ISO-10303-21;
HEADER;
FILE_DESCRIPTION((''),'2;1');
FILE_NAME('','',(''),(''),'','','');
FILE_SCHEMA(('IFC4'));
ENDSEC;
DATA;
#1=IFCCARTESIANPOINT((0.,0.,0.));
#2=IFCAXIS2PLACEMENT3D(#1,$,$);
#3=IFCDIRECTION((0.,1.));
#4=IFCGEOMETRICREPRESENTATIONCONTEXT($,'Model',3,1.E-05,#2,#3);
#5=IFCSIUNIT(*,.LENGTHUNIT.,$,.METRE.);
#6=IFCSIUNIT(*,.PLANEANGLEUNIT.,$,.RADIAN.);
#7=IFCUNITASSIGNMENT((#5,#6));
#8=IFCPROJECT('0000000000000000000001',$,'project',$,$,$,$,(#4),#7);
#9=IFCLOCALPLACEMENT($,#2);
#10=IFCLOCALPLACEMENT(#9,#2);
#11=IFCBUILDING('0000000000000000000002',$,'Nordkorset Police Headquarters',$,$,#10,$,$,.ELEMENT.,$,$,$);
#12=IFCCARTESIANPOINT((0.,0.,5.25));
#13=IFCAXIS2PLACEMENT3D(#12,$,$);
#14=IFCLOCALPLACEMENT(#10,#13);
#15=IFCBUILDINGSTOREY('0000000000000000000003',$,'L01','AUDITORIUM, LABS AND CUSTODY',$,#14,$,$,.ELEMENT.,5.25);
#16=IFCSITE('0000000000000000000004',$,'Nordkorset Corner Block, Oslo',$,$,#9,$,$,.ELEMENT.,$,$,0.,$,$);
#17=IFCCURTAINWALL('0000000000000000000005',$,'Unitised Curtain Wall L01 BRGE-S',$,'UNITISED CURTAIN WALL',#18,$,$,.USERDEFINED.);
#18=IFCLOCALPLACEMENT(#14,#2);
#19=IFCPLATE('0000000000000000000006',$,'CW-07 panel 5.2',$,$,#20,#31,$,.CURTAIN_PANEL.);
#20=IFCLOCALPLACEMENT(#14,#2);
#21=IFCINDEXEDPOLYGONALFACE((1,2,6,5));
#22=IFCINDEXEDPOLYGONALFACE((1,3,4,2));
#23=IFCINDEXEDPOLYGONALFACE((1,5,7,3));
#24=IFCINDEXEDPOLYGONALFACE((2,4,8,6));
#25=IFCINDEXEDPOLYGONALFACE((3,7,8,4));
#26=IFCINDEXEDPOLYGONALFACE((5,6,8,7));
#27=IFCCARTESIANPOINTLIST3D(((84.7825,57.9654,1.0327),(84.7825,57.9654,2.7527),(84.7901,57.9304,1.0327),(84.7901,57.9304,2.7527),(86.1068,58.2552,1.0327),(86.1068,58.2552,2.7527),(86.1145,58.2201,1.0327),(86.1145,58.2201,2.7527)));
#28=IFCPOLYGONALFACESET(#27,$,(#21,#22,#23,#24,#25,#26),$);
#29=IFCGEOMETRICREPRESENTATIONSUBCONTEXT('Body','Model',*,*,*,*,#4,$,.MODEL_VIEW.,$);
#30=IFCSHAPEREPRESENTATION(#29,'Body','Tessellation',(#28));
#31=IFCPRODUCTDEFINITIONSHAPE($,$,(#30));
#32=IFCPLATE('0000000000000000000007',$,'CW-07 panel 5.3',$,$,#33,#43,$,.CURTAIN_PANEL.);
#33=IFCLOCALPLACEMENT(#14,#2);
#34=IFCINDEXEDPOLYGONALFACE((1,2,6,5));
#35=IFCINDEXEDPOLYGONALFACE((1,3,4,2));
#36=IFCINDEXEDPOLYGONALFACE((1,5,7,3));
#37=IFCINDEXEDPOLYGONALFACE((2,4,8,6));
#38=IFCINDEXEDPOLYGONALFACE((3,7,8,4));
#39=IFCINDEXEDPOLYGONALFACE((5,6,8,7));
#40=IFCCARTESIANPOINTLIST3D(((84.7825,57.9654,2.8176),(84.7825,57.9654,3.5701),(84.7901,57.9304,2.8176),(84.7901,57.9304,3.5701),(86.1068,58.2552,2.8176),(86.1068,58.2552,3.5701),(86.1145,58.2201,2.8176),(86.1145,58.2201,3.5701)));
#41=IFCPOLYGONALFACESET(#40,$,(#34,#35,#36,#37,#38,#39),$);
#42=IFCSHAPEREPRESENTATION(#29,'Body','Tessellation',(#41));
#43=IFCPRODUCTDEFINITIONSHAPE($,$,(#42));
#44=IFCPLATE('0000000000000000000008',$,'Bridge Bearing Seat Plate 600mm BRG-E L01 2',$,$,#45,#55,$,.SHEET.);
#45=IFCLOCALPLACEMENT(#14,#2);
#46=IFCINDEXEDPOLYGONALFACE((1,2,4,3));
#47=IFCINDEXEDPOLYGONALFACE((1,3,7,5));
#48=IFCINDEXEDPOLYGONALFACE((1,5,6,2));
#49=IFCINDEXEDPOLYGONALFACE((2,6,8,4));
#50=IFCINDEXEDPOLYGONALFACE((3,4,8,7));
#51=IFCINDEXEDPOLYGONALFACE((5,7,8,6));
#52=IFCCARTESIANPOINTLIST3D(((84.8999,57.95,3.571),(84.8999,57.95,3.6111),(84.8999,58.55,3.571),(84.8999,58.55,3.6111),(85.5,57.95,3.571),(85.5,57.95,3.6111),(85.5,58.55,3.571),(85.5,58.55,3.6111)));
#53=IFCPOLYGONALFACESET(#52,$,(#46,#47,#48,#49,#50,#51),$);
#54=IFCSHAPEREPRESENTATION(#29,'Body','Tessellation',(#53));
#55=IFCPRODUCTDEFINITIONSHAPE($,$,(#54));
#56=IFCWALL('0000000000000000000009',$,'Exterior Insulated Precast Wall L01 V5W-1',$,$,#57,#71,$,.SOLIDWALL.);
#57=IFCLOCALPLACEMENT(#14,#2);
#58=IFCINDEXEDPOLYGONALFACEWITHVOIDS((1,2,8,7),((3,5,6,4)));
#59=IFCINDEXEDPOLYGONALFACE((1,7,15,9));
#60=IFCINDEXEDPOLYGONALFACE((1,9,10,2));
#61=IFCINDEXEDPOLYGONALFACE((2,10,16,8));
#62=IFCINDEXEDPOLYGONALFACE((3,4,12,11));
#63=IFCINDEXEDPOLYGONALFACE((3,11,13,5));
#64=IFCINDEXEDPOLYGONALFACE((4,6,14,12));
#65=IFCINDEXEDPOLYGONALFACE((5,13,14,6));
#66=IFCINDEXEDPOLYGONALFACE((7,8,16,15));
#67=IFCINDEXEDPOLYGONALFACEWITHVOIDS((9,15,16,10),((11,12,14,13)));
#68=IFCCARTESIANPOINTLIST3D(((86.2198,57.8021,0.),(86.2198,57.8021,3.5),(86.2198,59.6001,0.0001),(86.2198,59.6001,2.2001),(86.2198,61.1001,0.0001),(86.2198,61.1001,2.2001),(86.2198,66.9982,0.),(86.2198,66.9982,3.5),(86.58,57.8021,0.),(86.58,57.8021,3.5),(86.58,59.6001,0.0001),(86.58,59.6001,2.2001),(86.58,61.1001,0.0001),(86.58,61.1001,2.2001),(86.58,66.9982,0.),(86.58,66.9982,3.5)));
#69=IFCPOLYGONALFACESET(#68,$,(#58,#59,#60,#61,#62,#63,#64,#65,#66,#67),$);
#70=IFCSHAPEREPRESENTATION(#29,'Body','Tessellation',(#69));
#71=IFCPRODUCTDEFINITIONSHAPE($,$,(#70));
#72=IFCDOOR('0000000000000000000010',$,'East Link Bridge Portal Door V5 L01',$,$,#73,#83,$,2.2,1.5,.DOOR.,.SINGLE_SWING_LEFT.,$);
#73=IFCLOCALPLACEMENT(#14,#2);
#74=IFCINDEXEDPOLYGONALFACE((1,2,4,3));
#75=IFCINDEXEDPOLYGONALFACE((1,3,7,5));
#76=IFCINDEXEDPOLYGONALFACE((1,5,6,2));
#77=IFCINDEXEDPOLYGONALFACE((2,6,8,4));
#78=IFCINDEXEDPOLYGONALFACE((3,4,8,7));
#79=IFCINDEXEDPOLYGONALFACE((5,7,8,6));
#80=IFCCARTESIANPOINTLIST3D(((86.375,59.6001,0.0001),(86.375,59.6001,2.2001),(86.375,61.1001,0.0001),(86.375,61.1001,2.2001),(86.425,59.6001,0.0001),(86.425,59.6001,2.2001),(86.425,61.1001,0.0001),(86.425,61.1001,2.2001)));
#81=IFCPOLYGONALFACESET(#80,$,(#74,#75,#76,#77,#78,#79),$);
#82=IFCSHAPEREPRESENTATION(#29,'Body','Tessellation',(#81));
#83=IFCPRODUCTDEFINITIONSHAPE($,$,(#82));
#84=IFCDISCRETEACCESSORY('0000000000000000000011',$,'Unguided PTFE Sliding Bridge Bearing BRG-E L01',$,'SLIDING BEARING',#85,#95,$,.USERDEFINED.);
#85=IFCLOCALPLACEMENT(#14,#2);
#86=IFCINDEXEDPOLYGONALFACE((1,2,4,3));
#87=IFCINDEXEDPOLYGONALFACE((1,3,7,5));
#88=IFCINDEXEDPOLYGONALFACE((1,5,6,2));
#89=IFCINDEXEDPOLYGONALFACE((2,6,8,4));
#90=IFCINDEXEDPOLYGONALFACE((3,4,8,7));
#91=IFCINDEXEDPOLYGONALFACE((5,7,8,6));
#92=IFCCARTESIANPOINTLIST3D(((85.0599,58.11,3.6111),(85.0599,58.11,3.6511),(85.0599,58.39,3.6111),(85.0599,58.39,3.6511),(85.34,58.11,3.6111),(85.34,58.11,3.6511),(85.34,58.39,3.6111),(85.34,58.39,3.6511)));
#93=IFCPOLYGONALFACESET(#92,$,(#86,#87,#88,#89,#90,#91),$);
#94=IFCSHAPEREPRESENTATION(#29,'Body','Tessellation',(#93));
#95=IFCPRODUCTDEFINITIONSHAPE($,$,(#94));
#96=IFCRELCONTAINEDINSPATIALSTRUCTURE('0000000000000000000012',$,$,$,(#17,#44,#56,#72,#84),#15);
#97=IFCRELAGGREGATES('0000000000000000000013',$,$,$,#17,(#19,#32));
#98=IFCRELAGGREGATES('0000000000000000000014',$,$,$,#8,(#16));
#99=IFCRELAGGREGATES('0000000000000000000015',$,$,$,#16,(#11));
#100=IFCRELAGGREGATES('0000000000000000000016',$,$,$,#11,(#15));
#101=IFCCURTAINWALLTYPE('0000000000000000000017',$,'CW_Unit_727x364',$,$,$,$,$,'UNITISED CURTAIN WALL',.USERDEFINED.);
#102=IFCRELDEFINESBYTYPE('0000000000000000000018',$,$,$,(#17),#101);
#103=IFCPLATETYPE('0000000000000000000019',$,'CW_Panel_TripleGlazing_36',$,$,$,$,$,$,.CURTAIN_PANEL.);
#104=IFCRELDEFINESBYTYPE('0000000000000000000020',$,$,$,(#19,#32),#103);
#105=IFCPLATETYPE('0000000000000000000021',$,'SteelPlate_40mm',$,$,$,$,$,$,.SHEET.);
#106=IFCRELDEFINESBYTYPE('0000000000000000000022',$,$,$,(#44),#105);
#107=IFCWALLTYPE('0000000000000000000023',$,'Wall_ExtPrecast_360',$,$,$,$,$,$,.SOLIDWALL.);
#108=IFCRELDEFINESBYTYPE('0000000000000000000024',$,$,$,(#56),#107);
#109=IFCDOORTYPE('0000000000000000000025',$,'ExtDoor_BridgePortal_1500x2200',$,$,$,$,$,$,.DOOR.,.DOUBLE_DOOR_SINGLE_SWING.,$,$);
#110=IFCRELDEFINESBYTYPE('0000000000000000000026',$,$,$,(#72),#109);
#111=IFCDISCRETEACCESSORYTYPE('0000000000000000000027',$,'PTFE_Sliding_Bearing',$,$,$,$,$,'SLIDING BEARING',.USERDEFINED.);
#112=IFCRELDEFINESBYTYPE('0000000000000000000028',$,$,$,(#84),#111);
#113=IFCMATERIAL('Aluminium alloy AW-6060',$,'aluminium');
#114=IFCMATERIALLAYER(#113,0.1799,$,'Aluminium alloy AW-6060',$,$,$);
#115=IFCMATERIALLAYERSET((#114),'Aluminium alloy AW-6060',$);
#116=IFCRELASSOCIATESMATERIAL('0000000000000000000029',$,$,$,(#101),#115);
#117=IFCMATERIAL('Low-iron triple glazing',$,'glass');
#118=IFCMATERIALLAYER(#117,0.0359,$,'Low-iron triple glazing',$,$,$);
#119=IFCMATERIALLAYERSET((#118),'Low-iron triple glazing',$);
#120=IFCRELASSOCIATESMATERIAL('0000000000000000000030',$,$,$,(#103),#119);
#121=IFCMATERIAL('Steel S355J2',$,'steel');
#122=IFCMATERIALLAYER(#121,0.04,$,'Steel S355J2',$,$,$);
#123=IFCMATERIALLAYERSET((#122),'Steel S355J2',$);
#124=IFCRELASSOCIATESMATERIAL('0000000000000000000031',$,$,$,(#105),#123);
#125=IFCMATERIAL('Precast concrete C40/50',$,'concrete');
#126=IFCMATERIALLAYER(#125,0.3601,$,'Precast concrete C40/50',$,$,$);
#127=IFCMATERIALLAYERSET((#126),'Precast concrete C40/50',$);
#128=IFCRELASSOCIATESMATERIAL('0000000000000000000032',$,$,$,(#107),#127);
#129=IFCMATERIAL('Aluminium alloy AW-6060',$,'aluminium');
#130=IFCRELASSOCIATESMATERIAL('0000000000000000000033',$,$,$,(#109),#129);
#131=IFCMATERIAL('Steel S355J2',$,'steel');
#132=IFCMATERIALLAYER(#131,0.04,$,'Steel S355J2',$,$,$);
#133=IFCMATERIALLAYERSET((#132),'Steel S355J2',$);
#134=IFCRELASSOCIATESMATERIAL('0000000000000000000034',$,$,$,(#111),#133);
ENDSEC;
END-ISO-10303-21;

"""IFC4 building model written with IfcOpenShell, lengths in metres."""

from ifc_helpers import new_model, si_unit, direction, frame, frame_2d, origin, origin_2d, place, context, subcontext, project, spatial, rectangle, extrude, material, layer, layer_set, type_object, element, fill, aggregate, save


model = new_model("IFC4")

# Units and contexts
model_context = context("Model", 3, precision=1e-05, world=origin(), true_north=direction((0.0, 1.0)))
body_context = subcontext(model_context, "Body", "Model", "MODEL_VIEW")
ifc_project = project(units=[si_unit("LENGTHUNIT", "METRE"), si_unit("PLANEANGLEUNIT", "RADIAN")], contexts=[model_context])

# Site, building, storey
site_placement = place(None, origin())
site = spatial("IfcSite", under=ifc_project, at=site_placement, Name="Nordkorset Corner Block, Oslo", CompositionType="ELEMENT", RefElevation=0.0)
building_placement = place(site_placement, origin())
building = spatial("IfcBuilding", under=site, at=building_placement, Name="Nordkorset Police Headquarters", CompositionType="ELEMENT")
storey_placement = place(building_placement, frame((0.0, 0.0, 5.25)))
storey = spatial("IfcBuildingStorey", under=building, at=storey_placement, Name="L01", Description="AUDITORIUM, LABS AND CUSTODY", CompositionType="ELEMENT", Elevation=5.25)

# Curtain wall
ifc_material_1 = material(Name="Aluminium alloy AW-6060", Category="aluminium")
ifc_layer_1 = layer(ifc_material_1, 0.1799, Name="Aluminium alloy AW-6060")
ifc_layer_set_1 = layer_set([ifc_layer_1], Name="Aluminium alloy AW-6060")
curtain_wall_type = type_object("IfcCurtainWallType", Name="CW_Unit_727x364", ElementType="UNITISED CURTAIN WALL", PredefinedType="USERDEFINED", material=ifc_layer_set_1)
curtain_wall_placement = place(storey_placement, origin())
curtain_wall = element("IfcCurtainWall", 1, at=curtain_wall_placement, inside=storey, type_object=curtain_wall_type, Name="Unitised Curtain Wall L01 BRGE-S", ObjectType="UNITISED CURTAIN WALL", PredefinedType="USERDEFINED")

# Plates
ifc_material_2 = material(Name="Low-iron triple glazing", Category="glass")
ifc_layer_2 = layer(ifc_material_2, 0.0359, Name="Low-iron triple glazing")
ifc_layer_set_2 = layer_set([ifc_layer_2], Name="Low-iron triple glazing")
plate_type_1 = type_object("IfcPlateType", Name="CW_Panel_TripleGlazing_36", PredefinedType="CURTAIN_PANEL", material=ifc_layer_set_2)
plate_1_placement = place(storey_placement, frame((85.4485, 58.0928, 1.0327), z_axis=(0.0, 0.0, 1.0), x_axis=(0.976891, 0.213737, 0.0)))
plate_1 = element("IfcPlate", 2, at=plate_1_placement, type_object=plate_type_1, Name="CW-07 panel 5.2", PredefinedType="CURTAIN_PANEL", context=body_context, shape_type="SweptSolid", body=[
    extrude(rectangle(XDim=1.3557, YDim=0.0359, at=origin_2d()), origin(), (0.0, 0.0, 1.0), 1.72),
])
plate_2_placement = place(storey_placement, frame((85.4485, 58.0928, 2.8176), z_axis=(0.0, 0.0, 1.0), x_axis=(0.976891, 0.213737, 0.0)))
plate_2 = element("IfcPlate", 3, at=plate_2_placement, type_object=plate_type_1, Name="CW-07 panel 5.3", PredefinedType="CURTAIN_PANEL", context=body_context, shape_type="SweptSolid", body=[
    extrude(rectangle(XDim=1.3557, YDim=0.0359, at=origin_2d()), origin(), (0.0, 0.0, 1.0), 0.7524),
])
aggregate(curtain_wall, [plate_1, plate_2])
ifc_material_3 = material(Name="Steel S355J2", Category="steel")
ifc_layer_3 = layer(ifc_material_3, 0.04, Name="Steel S355J2")
ifc_layer_set_3 = layer_set([ifc_layer_3], Name="Steel S355J2")
plate_type_2 = type_object("IfcPlateType", Name="SteelPlate_40mm", PredefinedType="SHEET", material=ifc_layer_set_3)
plate_3_placement = place(storey_placement, frame((85.2, 58.25, 3.571), z_axis=(0.0, 0.0, 1.0), x_axis=(1.0, 0.0, 0.0)))
element("IfcPlate", 4, at=plate_3_placement, inside=storey, type_object=plate_type_2, Name="Bridge Bearing Seat Plate 600mm BRG-E L01 2", PredefinedType="SHEET", context=body_context, shape_type="SweptSolid", body=[
    extrude(rectangle(XDim=0.6001, YDim=0.6001, at=origin_2d()), origin(), (0.0, 0.0, 1.0), 0.04),
])

# Wall, opening, door
ifc_material_4 = material(Name="Precast concrete C40/50", Category="concrete")
ifc_layer_4 = layer(ifc_material_4, 0.3601, Name="Precast concrete C40/50")
ifc_layer_set_4 = layer_set([ifc_layer_4], Name="Precast concrete C40/50")
wall_type = type_object("IfcWallType", Name="Wall_ExtPrecast_360", PredefinedType="SOLIDWALL", material=ifc_layer_set_4)
wall_placement = place(storey_placement, frame((86.3999, 57.802, 0.0), z_axis=(0.0, 0.0, 1.0), x_axis=(0.0, 1.0, 0.0)))
wall = element("IfcWall", 5, at=wall_placement, inside=storey, type_object=wall_type, Name="Exterior Insulated Precast Wall L01 V5W-1", PredefinedType="SOLIDWALL", context=body_context, shape_type="SweptSolid", body=[
    extrude(rectangle(XDim=9.196, YDim=0.3601, at=frame_2d((4.5981, 0.0))), origin(), (0.0, 0.0, 1.0), 3.5),
])
opening_placement = place(wall_placement, frame((1.7981, 0.0, 0.0)))
opening = element("IfcOpeningElement", 6, at=opening_placement, cuts=wall, PredefinedType="OPENING", context=body_context, shape_type="SweptSolid", body=[
    extrude(rectangle(XDim=1.5, YDim=2.2, at=frame_2d((0.75, 1.1001))), frame((0.0, 0.1899, 0.0), z_axis=(0.0, -1.0, 0.0), x_axis=(1.0, 0.0, 0.0)), (0.0, 0.0, 1.0), 0.3801),
])
ifc_material_5 = material(Name="Aluminium alloy AW-6060", Category="aluminium")
door_type = type_object("IfcDoorType", Name="ExtDoor_BridgePortal_1500x2200", OperationType="DOUBLE_DOOR_SINGLE_SWING", PredefinedType="DOOR", material=ifc_material_5)
door_placement = place(opening_placement, origin())
door = element("IfcDoor", 7, at=door_placement, inside=storey, type_object=door_type, Name="East Link Bridge Portal Door V5 L01", OperationType="SINGLE_SWING_LEFT", OverallHeight=2.2, OverallWidth=1.5, PredefinedType="DOOR", context=body_context, shape_type="SweptSolid", body=[
    extrude(rectangle(XDim=1.5, YDim=2.2, at=frame_2d((0.75, 1.1001))), frame((0.0, 0.0249, 0.0), z_axis=(0.0, -1.0, 0.0), x_axis=(1.0, 0.0, 0.0)), (0.0, 0.0, 1.0), 0.05),
])
fill(opening, door)

# Discrete accessory
ifc_material_6 = material(Name="Steel S355J2", Category="steel")
ifc_layer_5 = layer(ifc_material_6, 0.04, Name="Steel S355J2")
ifc_layer_set_5 = layer_set([ifc_layer_5], Name="Steel S355J2")
discrete_accessory_type = type_object("IfcDiscreteAccessoryType", Name="PTFE_Sliding_Bearing", ElementType="SLIDING BEARING", PredefinedType="USERDEFINED", material=ifc_layer_set_5)
discrete_accessory_placement = place(storey_placement, frame((85.2, 58.25, 3.6111), z_axis=(0.0, 0.0, 1.0), x_axis=(1.0, 0.0, 0.0)))
element("IfcDiscreteAccessory", 8, at=discrete_accessory_placement, inside=storey, type_object=discrete_accessory_type, Name="Unguided PTFE Sliding Bridge Bearing BRG-E L01", ObjectType="SLIDING BEARING", PredefinedType="USERDEFINED", context=body_context, shape_type="SweptSolid", body=[
    extrude(rectangle(XDim=0.28, YDim=0.28, at=origin_2d()), origin(), (0.0, 0.0, 1.0), 0.04),
])

save(model, "model.ifc")
